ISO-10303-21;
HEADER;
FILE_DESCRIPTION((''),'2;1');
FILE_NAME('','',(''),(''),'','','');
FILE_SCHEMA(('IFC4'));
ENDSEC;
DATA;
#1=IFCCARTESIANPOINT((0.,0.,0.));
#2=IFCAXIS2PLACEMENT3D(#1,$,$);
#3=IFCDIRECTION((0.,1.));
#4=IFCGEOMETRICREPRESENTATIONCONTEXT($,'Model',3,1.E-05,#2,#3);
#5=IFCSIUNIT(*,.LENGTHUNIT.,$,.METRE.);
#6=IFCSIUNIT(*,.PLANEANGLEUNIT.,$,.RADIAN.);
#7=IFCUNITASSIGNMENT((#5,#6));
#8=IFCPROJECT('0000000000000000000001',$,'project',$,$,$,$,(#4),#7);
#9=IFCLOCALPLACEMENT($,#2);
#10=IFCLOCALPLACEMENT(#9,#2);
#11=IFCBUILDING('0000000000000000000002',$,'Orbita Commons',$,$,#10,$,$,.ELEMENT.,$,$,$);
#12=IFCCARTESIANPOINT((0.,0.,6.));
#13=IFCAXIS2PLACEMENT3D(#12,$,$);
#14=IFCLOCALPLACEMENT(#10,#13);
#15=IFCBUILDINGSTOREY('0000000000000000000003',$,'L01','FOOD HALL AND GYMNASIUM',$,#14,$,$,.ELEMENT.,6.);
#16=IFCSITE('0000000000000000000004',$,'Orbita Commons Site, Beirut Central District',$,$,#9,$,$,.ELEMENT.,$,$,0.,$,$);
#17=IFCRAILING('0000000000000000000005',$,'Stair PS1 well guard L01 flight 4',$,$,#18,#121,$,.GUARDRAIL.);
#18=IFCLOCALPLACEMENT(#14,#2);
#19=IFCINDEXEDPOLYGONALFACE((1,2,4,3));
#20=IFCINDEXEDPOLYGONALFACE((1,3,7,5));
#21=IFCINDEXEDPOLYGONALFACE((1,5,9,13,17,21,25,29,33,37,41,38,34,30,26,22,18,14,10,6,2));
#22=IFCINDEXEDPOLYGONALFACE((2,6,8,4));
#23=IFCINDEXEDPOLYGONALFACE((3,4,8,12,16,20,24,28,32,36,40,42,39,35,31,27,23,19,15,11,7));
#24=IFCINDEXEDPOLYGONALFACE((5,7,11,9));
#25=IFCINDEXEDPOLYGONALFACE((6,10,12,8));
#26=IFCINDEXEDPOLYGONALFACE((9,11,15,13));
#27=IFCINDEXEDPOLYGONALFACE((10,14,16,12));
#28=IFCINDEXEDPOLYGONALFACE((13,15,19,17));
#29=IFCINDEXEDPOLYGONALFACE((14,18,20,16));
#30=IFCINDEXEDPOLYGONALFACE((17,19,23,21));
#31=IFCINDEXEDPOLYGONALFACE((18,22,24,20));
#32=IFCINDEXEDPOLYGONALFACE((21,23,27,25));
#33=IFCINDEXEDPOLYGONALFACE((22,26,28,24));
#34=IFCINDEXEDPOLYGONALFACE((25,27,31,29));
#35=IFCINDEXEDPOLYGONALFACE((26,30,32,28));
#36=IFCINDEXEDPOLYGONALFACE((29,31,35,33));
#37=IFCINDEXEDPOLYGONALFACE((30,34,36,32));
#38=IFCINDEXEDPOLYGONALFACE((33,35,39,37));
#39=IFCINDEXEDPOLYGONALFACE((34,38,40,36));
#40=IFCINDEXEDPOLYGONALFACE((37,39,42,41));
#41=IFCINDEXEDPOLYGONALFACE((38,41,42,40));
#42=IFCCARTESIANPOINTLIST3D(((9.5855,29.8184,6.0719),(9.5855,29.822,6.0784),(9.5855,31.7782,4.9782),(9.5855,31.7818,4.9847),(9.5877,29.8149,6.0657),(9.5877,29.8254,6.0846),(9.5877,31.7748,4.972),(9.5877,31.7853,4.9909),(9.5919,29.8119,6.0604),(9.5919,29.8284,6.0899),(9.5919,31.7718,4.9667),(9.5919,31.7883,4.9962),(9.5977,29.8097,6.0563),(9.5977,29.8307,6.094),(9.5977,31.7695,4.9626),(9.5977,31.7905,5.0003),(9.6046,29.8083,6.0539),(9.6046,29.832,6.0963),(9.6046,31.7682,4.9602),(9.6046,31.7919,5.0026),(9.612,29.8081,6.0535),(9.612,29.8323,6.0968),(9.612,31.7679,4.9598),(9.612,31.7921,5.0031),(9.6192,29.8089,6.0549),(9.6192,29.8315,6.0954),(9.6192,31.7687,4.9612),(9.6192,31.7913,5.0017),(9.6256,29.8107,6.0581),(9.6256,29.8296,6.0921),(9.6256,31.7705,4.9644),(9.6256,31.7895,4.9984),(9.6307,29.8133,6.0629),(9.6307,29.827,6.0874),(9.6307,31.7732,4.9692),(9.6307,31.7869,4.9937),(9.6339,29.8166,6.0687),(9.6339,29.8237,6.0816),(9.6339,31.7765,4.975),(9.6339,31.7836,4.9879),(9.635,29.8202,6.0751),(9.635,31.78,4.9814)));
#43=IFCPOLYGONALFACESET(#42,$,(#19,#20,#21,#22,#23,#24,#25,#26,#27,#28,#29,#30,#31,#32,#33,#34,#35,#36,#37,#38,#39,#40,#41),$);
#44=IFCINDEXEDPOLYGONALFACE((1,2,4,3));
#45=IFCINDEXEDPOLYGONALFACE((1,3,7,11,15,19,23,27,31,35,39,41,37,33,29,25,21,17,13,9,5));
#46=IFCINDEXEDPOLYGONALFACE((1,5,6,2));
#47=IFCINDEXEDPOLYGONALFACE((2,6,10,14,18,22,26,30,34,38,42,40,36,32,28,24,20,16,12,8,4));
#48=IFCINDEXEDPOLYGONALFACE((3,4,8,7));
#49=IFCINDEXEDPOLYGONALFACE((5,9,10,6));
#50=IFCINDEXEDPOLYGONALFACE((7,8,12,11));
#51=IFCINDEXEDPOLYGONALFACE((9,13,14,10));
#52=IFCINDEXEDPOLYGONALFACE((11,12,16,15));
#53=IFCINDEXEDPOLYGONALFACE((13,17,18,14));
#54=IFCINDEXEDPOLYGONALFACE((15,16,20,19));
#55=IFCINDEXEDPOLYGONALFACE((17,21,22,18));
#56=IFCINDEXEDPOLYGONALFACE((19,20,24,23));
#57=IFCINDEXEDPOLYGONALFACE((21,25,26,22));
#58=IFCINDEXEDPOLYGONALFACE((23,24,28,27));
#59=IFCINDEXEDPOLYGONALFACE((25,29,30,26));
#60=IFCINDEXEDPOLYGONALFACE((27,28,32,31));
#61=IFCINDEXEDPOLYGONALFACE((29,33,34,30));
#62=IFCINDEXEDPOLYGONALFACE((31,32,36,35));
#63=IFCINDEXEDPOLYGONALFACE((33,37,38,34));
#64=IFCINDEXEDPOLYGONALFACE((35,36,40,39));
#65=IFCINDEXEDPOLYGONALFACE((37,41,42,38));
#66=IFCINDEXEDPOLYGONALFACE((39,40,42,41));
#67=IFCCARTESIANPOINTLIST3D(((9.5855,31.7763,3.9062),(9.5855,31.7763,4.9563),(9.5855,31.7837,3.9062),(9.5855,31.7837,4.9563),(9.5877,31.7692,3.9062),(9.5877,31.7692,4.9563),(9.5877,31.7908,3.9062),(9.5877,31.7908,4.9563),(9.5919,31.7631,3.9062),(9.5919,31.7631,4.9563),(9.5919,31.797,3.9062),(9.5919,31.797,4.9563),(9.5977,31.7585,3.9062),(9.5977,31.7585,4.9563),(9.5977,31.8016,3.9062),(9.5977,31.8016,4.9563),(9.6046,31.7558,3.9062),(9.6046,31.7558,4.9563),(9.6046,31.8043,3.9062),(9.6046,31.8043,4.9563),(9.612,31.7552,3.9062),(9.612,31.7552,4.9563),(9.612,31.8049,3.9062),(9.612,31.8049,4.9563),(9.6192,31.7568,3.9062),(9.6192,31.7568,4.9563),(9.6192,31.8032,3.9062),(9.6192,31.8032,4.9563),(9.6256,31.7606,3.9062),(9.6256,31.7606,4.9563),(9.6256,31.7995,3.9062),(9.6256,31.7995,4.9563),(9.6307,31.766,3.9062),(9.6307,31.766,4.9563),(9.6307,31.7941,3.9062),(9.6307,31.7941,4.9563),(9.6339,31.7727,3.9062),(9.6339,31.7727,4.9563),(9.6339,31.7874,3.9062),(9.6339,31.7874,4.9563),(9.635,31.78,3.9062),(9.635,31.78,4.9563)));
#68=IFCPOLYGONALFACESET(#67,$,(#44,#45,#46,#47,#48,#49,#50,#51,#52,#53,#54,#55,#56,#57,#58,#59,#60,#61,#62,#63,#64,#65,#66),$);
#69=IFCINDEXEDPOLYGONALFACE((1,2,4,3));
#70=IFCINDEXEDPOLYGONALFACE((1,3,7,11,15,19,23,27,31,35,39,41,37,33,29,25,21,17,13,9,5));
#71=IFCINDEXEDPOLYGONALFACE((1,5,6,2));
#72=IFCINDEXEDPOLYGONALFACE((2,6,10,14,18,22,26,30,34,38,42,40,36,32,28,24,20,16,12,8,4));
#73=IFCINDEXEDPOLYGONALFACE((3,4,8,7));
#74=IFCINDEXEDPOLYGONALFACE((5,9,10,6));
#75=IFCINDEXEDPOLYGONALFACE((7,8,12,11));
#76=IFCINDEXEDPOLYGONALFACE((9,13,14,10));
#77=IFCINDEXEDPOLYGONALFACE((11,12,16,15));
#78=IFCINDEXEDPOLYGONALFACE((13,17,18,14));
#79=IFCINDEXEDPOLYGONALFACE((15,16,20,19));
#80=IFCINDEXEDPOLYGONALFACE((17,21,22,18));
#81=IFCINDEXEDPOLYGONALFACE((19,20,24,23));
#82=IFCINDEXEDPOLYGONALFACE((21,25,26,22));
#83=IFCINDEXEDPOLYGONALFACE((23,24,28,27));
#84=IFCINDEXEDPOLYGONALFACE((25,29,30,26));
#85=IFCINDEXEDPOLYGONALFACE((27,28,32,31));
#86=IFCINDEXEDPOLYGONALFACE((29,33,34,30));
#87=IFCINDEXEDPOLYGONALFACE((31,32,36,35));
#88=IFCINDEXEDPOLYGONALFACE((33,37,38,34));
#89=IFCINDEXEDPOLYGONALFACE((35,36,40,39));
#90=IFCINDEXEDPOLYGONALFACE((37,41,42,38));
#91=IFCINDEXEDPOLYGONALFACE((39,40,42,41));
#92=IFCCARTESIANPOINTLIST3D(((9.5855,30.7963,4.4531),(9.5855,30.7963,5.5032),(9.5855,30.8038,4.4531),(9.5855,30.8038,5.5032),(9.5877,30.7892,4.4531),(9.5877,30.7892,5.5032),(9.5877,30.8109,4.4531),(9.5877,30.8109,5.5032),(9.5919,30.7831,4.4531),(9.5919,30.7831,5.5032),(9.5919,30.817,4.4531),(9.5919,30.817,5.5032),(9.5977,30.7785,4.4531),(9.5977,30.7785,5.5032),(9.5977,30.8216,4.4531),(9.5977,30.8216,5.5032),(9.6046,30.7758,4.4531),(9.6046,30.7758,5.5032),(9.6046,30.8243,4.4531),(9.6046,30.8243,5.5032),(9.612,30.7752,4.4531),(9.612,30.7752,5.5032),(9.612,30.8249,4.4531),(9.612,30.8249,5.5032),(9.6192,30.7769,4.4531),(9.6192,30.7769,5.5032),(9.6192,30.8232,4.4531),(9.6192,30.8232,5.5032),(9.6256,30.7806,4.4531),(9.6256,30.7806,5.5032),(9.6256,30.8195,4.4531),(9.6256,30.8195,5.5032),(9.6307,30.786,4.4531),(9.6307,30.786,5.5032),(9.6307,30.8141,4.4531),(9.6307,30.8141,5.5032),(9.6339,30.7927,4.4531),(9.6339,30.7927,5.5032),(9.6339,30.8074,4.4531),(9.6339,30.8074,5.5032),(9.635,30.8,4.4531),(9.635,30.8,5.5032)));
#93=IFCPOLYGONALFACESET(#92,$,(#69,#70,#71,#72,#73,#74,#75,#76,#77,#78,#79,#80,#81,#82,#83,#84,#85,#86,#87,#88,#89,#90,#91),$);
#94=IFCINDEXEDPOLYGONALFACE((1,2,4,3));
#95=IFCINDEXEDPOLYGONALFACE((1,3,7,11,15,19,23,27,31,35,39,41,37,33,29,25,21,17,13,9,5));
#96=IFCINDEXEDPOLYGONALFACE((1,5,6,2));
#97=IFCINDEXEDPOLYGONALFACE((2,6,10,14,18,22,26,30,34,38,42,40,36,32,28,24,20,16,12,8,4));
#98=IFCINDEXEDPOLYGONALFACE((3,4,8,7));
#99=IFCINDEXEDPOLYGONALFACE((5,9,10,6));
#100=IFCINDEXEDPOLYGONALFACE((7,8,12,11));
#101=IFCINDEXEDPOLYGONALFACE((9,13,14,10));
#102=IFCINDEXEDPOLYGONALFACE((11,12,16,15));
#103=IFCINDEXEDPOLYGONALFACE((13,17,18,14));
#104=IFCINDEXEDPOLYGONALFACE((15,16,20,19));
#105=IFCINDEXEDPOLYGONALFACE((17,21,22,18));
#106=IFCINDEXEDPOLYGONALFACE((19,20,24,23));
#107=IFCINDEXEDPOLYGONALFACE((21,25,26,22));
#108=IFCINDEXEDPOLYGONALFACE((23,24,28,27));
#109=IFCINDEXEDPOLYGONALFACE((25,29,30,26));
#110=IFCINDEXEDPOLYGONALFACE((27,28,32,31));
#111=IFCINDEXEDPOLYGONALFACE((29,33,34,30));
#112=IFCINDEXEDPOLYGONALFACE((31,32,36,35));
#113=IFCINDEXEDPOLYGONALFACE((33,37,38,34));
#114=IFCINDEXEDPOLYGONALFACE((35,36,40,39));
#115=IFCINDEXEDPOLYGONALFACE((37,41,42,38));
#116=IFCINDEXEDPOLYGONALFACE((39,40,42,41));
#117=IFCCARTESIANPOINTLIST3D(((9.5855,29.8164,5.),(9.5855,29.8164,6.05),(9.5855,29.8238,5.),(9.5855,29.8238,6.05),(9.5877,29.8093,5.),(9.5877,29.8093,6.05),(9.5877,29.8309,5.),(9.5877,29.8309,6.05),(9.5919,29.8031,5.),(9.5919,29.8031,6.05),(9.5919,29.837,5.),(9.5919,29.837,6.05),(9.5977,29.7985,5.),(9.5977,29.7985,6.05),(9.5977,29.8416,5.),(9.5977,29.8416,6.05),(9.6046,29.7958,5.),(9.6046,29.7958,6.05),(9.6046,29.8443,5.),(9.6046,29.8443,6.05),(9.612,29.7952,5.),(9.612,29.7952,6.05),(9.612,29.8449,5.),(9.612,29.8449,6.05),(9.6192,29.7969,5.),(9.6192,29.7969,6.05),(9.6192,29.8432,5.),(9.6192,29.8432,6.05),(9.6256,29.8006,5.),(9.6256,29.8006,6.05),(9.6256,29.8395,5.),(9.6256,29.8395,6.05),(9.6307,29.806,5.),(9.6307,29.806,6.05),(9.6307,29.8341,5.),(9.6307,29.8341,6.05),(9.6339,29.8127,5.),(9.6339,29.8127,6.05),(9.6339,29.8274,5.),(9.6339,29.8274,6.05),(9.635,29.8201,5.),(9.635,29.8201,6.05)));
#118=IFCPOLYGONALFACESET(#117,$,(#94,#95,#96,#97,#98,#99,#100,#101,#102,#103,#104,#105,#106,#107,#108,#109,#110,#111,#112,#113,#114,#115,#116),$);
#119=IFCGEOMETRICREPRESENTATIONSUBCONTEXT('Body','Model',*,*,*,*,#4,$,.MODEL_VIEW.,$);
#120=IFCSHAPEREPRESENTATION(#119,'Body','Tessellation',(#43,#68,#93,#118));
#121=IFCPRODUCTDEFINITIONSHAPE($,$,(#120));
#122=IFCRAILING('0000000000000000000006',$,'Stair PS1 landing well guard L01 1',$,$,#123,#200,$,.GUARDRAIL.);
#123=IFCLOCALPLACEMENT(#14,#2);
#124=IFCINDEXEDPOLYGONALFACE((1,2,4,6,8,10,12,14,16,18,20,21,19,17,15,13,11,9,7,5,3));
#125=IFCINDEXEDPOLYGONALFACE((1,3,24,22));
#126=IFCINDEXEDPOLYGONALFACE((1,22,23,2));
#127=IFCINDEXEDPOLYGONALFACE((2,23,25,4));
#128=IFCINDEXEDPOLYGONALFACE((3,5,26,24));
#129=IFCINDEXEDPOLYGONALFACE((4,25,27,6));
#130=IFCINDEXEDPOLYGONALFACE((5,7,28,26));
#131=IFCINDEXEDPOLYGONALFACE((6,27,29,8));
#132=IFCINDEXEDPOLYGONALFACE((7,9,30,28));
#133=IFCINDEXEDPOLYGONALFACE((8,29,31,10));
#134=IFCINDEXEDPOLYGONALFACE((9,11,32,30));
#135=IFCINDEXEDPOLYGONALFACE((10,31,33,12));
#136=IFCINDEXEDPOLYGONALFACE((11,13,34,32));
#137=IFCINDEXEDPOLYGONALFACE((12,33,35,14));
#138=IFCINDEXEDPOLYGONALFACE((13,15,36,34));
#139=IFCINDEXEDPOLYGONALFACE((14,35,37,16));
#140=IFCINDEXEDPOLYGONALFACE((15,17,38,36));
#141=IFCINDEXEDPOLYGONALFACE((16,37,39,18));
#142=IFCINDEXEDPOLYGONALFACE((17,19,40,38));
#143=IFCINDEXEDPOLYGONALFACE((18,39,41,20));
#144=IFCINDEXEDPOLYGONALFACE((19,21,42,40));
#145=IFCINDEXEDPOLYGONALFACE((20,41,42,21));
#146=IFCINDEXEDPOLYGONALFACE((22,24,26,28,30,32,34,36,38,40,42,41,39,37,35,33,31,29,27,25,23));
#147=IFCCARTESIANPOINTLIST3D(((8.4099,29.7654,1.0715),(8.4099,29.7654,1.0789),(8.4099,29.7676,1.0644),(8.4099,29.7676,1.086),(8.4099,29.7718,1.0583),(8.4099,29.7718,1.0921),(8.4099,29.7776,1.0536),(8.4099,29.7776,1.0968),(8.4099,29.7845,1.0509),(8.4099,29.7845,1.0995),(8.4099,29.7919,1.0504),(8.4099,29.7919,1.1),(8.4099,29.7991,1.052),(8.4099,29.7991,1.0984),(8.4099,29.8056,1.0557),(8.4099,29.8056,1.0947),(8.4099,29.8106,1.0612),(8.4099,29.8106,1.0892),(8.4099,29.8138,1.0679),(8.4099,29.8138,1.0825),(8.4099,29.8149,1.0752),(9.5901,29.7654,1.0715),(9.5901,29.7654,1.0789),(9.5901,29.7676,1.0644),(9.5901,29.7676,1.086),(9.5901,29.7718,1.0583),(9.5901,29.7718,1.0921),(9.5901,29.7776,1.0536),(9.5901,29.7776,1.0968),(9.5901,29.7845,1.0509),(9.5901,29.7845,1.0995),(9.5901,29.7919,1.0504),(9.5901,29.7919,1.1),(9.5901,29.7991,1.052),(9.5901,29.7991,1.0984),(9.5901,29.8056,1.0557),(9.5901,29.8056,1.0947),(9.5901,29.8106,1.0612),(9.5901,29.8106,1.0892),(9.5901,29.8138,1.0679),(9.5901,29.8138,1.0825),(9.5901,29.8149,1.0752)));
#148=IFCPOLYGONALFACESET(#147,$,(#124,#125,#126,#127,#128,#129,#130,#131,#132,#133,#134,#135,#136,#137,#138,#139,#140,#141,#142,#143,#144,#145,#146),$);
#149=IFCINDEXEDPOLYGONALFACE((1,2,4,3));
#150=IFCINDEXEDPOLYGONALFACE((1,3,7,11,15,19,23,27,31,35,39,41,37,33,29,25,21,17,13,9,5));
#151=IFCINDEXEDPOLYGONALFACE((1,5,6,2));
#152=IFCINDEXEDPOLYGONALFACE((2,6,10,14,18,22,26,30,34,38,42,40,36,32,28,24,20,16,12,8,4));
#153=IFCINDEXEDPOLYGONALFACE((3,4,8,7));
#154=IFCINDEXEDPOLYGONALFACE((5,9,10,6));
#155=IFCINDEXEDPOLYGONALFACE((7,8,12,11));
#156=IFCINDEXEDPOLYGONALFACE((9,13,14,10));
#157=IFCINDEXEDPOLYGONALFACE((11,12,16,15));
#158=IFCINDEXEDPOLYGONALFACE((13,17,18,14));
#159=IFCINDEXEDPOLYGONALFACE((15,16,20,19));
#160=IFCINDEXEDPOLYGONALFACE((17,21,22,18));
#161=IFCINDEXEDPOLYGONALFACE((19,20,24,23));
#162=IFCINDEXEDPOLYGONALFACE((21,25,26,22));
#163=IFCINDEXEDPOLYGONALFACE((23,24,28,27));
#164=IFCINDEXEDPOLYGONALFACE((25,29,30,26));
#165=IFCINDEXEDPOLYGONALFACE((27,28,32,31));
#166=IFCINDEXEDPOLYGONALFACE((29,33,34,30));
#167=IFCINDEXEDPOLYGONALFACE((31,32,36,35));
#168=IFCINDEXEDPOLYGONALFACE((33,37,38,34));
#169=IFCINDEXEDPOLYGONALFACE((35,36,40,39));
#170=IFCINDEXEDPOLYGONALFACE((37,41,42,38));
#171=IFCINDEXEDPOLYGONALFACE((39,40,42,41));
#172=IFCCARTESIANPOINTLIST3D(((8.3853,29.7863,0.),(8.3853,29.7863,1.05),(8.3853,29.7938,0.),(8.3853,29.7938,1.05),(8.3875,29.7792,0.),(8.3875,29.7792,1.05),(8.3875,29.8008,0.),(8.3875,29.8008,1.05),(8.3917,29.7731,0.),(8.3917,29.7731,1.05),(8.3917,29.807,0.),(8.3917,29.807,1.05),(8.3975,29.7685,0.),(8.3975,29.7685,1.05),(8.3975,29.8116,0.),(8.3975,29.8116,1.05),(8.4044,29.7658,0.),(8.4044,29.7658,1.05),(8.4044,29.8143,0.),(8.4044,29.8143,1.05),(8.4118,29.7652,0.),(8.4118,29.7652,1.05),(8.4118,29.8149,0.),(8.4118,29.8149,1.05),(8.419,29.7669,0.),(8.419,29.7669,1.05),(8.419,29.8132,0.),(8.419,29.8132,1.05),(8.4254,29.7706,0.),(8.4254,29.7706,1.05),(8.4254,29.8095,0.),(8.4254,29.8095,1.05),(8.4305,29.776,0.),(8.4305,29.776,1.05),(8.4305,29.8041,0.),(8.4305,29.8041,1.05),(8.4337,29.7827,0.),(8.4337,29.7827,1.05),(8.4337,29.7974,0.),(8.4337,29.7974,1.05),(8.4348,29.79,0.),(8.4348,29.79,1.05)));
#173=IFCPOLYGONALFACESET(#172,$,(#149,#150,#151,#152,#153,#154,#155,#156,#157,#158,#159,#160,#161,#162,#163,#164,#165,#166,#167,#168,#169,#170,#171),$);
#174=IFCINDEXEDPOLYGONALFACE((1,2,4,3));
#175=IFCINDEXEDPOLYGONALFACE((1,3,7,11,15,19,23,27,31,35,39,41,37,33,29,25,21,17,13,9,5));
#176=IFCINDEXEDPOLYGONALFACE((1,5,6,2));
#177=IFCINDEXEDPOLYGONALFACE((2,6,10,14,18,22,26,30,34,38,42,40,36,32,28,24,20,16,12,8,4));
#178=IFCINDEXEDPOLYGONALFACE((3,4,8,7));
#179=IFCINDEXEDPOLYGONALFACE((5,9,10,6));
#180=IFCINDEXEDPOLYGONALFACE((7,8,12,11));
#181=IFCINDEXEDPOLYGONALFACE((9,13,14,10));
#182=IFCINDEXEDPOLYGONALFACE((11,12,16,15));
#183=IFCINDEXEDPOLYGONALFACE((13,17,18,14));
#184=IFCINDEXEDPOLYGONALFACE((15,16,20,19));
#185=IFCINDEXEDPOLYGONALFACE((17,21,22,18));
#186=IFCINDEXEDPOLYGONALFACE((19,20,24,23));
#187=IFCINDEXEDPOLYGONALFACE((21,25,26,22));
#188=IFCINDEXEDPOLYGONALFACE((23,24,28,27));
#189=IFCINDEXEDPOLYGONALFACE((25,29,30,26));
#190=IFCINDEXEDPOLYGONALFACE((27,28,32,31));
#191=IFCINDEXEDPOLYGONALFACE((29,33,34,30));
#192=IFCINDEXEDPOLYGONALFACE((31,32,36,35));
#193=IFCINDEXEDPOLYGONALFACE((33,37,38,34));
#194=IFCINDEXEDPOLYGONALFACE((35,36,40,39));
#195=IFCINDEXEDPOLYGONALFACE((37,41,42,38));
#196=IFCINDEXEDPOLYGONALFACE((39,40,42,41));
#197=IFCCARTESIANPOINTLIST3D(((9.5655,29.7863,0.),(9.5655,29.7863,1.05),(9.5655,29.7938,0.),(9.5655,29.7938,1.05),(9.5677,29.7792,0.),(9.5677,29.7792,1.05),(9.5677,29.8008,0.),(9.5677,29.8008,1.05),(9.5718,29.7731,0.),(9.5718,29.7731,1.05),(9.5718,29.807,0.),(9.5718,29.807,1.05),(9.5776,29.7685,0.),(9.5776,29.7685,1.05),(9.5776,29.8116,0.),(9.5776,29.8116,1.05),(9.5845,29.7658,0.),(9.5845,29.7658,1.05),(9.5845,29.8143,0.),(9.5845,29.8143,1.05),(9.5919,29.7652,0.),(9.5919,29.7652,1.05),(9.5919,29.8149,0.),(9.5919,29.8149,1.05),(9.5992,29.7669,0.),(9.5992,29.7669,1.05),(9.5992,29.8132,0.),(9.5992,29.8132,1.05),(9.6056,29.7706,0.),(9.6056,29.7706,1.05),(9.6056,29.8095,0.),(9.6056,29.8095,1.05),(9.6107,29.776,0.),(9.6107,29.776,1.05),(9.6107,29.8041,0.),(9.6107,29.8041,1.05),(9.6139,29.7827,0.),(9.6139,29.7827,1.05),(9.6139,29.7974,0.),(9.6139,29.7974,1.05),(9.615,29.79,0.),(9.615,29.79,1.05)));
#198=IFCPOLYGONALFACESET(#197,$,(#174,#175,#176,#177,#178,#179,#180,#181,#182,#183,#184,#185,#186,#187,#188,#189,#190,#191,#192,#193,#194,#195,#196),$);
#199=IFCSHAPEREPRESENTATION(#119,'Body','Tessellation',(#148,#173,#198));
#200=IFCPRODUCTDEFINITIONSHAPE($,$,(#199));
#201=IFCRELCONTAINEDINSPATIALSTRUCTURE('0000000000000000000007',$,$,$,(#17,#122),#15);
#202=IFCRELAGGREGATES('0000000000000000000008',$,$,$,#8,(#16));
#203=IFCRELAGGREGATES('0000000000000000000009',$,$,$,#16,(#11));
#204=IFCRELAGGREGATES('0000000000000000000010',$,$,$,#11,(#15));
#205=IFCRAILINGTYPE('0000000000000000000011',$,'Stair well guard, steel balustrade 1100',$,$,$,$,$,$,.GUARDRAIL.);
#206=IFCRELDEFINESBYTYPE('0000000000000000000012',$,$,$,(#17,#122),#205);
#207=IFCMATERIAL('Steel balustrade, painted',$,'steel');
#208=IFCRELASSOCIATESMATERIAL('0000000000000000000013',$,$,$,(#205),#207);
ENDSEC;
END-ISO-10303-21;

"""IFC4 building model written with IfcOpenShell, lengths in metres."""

from ifc_helpers import new_model, si_unit, direction, frame, origin, origin_2d, place, context, subcontext, project, spatial, circle, extrude, material, type_object, element, save


model = new_model("IFC4")

# Units and contexts
model_context = context("Model", 3, precision=1e-05, world=origin(), true_north=direction((0.0, 1.0)))
body_context = subcontext(model_context, "Body", "Model", "MODEL_VIEW")
ifc_project = project(units=[si_unit("LENGTHUNIT", "METRE"), si_unit("PLANEANGLEUNIT", "RADIAN")], contexts=[model_context])

# Site, building, storey
site_placement = place(None, origin())
site = spatial("IfcSite", under=ifc_project, at=site_placement, Name="Orbita Commons Site, Beirut Central District", CompositionType="ELEMENT", RefElevation=0.0)
building_placement = place(site_placement, origin())
building = spatial("IfcBuilding", under=site, at=building_placement, Name="Orbita Commons", CompositionType="ELEMENT")
storey_placement = place(building_placement, frame((0.0, 0.0, 6.0)))
storey = spatial("IfcBuildingStorey", under=building, at=storey_placement, Name="L01", Description="FOOD HALL AND GYMNASIUM", CompositionType="ELEMENT", Elevation=6.0)

# Railings
ifc_material_1 = material(Name="Steel balustrade, painted", Category="steel")
railing_type_1 = type_object("IfcRailingType", Name="Stair well guard, steel balustrade 1100", PredefinedType="GUARDRAIL", material=ifc_material_1)
railing_1_placement = place(storey_placement, frame((9.6101, 31.78, 3.9062)))
element("IfcRailing", 1, at=railing_1_placement, inside=storey, type_object=railing_type_1, Name="Stair PS1 well guard L01 flight 4", PredefinedType="GUARDRAIL", context=body_context, shape_type="SweptSolid", body=[
    extrude(circle(Radius=0.0249, at=origin_2d()), frame((0.0, 0.0, 1.0752), z_axis=(0.0, -0.873232, 0.487304), x_axis=(1.0, 0.0, 0.0)), (0.0, 0.0, 1.0), 2.2444),
    extrude(circle(Radius=0.0249, at=origin_2d()), origin(), (0.0, 0.0, 1.0), 1.05),
    extrude(circle(Radius=0.0249, at=origin_2d()), frame((0.0, -0.98, 0.5469)), (0.0, 0.0, 1.0), 1.05),
    extrude(circle(Radius=0.0249, at=origin_2d()), frame((0.0, -1.96, 1.0938)), (0.0, 0.0, 1.0), 1.05),
])
for number, where, name in (
    (2, (8.4099, 29.79, 0.0), "Stair PS1 landing well guard L01 1"),
):
    element("IfcRailing", number, at=place(storey_placement, frame(where)), inside=storey, type_object=railing_type_1, Name=name, PredefinedType="GUARDRAIL", context=body_context, shape_type="SweptSolid", body=[
        extrude(circle(Radius=0.0249, at=origin_2d()), frame((0.0, 0.0, 1.0752), z_axis=(1.0, 0.0, 0.0), x_axis=(0.0, 1.0, 0.0)), (0.0, 0.0, 1.0), 1.1802),
        extrude(circle(Radius=0.0249, at=origin_2d()), origin(), (0.0, 0.0, 1.0), 1.05),
        extrude(circle(Radius=0.0249, at=origin_2d()), frame((1.1802, 0.0, 0.0)), (0.0, 0.0, 1.0), 1.05),
    ])

save(model, "model.ifc")
